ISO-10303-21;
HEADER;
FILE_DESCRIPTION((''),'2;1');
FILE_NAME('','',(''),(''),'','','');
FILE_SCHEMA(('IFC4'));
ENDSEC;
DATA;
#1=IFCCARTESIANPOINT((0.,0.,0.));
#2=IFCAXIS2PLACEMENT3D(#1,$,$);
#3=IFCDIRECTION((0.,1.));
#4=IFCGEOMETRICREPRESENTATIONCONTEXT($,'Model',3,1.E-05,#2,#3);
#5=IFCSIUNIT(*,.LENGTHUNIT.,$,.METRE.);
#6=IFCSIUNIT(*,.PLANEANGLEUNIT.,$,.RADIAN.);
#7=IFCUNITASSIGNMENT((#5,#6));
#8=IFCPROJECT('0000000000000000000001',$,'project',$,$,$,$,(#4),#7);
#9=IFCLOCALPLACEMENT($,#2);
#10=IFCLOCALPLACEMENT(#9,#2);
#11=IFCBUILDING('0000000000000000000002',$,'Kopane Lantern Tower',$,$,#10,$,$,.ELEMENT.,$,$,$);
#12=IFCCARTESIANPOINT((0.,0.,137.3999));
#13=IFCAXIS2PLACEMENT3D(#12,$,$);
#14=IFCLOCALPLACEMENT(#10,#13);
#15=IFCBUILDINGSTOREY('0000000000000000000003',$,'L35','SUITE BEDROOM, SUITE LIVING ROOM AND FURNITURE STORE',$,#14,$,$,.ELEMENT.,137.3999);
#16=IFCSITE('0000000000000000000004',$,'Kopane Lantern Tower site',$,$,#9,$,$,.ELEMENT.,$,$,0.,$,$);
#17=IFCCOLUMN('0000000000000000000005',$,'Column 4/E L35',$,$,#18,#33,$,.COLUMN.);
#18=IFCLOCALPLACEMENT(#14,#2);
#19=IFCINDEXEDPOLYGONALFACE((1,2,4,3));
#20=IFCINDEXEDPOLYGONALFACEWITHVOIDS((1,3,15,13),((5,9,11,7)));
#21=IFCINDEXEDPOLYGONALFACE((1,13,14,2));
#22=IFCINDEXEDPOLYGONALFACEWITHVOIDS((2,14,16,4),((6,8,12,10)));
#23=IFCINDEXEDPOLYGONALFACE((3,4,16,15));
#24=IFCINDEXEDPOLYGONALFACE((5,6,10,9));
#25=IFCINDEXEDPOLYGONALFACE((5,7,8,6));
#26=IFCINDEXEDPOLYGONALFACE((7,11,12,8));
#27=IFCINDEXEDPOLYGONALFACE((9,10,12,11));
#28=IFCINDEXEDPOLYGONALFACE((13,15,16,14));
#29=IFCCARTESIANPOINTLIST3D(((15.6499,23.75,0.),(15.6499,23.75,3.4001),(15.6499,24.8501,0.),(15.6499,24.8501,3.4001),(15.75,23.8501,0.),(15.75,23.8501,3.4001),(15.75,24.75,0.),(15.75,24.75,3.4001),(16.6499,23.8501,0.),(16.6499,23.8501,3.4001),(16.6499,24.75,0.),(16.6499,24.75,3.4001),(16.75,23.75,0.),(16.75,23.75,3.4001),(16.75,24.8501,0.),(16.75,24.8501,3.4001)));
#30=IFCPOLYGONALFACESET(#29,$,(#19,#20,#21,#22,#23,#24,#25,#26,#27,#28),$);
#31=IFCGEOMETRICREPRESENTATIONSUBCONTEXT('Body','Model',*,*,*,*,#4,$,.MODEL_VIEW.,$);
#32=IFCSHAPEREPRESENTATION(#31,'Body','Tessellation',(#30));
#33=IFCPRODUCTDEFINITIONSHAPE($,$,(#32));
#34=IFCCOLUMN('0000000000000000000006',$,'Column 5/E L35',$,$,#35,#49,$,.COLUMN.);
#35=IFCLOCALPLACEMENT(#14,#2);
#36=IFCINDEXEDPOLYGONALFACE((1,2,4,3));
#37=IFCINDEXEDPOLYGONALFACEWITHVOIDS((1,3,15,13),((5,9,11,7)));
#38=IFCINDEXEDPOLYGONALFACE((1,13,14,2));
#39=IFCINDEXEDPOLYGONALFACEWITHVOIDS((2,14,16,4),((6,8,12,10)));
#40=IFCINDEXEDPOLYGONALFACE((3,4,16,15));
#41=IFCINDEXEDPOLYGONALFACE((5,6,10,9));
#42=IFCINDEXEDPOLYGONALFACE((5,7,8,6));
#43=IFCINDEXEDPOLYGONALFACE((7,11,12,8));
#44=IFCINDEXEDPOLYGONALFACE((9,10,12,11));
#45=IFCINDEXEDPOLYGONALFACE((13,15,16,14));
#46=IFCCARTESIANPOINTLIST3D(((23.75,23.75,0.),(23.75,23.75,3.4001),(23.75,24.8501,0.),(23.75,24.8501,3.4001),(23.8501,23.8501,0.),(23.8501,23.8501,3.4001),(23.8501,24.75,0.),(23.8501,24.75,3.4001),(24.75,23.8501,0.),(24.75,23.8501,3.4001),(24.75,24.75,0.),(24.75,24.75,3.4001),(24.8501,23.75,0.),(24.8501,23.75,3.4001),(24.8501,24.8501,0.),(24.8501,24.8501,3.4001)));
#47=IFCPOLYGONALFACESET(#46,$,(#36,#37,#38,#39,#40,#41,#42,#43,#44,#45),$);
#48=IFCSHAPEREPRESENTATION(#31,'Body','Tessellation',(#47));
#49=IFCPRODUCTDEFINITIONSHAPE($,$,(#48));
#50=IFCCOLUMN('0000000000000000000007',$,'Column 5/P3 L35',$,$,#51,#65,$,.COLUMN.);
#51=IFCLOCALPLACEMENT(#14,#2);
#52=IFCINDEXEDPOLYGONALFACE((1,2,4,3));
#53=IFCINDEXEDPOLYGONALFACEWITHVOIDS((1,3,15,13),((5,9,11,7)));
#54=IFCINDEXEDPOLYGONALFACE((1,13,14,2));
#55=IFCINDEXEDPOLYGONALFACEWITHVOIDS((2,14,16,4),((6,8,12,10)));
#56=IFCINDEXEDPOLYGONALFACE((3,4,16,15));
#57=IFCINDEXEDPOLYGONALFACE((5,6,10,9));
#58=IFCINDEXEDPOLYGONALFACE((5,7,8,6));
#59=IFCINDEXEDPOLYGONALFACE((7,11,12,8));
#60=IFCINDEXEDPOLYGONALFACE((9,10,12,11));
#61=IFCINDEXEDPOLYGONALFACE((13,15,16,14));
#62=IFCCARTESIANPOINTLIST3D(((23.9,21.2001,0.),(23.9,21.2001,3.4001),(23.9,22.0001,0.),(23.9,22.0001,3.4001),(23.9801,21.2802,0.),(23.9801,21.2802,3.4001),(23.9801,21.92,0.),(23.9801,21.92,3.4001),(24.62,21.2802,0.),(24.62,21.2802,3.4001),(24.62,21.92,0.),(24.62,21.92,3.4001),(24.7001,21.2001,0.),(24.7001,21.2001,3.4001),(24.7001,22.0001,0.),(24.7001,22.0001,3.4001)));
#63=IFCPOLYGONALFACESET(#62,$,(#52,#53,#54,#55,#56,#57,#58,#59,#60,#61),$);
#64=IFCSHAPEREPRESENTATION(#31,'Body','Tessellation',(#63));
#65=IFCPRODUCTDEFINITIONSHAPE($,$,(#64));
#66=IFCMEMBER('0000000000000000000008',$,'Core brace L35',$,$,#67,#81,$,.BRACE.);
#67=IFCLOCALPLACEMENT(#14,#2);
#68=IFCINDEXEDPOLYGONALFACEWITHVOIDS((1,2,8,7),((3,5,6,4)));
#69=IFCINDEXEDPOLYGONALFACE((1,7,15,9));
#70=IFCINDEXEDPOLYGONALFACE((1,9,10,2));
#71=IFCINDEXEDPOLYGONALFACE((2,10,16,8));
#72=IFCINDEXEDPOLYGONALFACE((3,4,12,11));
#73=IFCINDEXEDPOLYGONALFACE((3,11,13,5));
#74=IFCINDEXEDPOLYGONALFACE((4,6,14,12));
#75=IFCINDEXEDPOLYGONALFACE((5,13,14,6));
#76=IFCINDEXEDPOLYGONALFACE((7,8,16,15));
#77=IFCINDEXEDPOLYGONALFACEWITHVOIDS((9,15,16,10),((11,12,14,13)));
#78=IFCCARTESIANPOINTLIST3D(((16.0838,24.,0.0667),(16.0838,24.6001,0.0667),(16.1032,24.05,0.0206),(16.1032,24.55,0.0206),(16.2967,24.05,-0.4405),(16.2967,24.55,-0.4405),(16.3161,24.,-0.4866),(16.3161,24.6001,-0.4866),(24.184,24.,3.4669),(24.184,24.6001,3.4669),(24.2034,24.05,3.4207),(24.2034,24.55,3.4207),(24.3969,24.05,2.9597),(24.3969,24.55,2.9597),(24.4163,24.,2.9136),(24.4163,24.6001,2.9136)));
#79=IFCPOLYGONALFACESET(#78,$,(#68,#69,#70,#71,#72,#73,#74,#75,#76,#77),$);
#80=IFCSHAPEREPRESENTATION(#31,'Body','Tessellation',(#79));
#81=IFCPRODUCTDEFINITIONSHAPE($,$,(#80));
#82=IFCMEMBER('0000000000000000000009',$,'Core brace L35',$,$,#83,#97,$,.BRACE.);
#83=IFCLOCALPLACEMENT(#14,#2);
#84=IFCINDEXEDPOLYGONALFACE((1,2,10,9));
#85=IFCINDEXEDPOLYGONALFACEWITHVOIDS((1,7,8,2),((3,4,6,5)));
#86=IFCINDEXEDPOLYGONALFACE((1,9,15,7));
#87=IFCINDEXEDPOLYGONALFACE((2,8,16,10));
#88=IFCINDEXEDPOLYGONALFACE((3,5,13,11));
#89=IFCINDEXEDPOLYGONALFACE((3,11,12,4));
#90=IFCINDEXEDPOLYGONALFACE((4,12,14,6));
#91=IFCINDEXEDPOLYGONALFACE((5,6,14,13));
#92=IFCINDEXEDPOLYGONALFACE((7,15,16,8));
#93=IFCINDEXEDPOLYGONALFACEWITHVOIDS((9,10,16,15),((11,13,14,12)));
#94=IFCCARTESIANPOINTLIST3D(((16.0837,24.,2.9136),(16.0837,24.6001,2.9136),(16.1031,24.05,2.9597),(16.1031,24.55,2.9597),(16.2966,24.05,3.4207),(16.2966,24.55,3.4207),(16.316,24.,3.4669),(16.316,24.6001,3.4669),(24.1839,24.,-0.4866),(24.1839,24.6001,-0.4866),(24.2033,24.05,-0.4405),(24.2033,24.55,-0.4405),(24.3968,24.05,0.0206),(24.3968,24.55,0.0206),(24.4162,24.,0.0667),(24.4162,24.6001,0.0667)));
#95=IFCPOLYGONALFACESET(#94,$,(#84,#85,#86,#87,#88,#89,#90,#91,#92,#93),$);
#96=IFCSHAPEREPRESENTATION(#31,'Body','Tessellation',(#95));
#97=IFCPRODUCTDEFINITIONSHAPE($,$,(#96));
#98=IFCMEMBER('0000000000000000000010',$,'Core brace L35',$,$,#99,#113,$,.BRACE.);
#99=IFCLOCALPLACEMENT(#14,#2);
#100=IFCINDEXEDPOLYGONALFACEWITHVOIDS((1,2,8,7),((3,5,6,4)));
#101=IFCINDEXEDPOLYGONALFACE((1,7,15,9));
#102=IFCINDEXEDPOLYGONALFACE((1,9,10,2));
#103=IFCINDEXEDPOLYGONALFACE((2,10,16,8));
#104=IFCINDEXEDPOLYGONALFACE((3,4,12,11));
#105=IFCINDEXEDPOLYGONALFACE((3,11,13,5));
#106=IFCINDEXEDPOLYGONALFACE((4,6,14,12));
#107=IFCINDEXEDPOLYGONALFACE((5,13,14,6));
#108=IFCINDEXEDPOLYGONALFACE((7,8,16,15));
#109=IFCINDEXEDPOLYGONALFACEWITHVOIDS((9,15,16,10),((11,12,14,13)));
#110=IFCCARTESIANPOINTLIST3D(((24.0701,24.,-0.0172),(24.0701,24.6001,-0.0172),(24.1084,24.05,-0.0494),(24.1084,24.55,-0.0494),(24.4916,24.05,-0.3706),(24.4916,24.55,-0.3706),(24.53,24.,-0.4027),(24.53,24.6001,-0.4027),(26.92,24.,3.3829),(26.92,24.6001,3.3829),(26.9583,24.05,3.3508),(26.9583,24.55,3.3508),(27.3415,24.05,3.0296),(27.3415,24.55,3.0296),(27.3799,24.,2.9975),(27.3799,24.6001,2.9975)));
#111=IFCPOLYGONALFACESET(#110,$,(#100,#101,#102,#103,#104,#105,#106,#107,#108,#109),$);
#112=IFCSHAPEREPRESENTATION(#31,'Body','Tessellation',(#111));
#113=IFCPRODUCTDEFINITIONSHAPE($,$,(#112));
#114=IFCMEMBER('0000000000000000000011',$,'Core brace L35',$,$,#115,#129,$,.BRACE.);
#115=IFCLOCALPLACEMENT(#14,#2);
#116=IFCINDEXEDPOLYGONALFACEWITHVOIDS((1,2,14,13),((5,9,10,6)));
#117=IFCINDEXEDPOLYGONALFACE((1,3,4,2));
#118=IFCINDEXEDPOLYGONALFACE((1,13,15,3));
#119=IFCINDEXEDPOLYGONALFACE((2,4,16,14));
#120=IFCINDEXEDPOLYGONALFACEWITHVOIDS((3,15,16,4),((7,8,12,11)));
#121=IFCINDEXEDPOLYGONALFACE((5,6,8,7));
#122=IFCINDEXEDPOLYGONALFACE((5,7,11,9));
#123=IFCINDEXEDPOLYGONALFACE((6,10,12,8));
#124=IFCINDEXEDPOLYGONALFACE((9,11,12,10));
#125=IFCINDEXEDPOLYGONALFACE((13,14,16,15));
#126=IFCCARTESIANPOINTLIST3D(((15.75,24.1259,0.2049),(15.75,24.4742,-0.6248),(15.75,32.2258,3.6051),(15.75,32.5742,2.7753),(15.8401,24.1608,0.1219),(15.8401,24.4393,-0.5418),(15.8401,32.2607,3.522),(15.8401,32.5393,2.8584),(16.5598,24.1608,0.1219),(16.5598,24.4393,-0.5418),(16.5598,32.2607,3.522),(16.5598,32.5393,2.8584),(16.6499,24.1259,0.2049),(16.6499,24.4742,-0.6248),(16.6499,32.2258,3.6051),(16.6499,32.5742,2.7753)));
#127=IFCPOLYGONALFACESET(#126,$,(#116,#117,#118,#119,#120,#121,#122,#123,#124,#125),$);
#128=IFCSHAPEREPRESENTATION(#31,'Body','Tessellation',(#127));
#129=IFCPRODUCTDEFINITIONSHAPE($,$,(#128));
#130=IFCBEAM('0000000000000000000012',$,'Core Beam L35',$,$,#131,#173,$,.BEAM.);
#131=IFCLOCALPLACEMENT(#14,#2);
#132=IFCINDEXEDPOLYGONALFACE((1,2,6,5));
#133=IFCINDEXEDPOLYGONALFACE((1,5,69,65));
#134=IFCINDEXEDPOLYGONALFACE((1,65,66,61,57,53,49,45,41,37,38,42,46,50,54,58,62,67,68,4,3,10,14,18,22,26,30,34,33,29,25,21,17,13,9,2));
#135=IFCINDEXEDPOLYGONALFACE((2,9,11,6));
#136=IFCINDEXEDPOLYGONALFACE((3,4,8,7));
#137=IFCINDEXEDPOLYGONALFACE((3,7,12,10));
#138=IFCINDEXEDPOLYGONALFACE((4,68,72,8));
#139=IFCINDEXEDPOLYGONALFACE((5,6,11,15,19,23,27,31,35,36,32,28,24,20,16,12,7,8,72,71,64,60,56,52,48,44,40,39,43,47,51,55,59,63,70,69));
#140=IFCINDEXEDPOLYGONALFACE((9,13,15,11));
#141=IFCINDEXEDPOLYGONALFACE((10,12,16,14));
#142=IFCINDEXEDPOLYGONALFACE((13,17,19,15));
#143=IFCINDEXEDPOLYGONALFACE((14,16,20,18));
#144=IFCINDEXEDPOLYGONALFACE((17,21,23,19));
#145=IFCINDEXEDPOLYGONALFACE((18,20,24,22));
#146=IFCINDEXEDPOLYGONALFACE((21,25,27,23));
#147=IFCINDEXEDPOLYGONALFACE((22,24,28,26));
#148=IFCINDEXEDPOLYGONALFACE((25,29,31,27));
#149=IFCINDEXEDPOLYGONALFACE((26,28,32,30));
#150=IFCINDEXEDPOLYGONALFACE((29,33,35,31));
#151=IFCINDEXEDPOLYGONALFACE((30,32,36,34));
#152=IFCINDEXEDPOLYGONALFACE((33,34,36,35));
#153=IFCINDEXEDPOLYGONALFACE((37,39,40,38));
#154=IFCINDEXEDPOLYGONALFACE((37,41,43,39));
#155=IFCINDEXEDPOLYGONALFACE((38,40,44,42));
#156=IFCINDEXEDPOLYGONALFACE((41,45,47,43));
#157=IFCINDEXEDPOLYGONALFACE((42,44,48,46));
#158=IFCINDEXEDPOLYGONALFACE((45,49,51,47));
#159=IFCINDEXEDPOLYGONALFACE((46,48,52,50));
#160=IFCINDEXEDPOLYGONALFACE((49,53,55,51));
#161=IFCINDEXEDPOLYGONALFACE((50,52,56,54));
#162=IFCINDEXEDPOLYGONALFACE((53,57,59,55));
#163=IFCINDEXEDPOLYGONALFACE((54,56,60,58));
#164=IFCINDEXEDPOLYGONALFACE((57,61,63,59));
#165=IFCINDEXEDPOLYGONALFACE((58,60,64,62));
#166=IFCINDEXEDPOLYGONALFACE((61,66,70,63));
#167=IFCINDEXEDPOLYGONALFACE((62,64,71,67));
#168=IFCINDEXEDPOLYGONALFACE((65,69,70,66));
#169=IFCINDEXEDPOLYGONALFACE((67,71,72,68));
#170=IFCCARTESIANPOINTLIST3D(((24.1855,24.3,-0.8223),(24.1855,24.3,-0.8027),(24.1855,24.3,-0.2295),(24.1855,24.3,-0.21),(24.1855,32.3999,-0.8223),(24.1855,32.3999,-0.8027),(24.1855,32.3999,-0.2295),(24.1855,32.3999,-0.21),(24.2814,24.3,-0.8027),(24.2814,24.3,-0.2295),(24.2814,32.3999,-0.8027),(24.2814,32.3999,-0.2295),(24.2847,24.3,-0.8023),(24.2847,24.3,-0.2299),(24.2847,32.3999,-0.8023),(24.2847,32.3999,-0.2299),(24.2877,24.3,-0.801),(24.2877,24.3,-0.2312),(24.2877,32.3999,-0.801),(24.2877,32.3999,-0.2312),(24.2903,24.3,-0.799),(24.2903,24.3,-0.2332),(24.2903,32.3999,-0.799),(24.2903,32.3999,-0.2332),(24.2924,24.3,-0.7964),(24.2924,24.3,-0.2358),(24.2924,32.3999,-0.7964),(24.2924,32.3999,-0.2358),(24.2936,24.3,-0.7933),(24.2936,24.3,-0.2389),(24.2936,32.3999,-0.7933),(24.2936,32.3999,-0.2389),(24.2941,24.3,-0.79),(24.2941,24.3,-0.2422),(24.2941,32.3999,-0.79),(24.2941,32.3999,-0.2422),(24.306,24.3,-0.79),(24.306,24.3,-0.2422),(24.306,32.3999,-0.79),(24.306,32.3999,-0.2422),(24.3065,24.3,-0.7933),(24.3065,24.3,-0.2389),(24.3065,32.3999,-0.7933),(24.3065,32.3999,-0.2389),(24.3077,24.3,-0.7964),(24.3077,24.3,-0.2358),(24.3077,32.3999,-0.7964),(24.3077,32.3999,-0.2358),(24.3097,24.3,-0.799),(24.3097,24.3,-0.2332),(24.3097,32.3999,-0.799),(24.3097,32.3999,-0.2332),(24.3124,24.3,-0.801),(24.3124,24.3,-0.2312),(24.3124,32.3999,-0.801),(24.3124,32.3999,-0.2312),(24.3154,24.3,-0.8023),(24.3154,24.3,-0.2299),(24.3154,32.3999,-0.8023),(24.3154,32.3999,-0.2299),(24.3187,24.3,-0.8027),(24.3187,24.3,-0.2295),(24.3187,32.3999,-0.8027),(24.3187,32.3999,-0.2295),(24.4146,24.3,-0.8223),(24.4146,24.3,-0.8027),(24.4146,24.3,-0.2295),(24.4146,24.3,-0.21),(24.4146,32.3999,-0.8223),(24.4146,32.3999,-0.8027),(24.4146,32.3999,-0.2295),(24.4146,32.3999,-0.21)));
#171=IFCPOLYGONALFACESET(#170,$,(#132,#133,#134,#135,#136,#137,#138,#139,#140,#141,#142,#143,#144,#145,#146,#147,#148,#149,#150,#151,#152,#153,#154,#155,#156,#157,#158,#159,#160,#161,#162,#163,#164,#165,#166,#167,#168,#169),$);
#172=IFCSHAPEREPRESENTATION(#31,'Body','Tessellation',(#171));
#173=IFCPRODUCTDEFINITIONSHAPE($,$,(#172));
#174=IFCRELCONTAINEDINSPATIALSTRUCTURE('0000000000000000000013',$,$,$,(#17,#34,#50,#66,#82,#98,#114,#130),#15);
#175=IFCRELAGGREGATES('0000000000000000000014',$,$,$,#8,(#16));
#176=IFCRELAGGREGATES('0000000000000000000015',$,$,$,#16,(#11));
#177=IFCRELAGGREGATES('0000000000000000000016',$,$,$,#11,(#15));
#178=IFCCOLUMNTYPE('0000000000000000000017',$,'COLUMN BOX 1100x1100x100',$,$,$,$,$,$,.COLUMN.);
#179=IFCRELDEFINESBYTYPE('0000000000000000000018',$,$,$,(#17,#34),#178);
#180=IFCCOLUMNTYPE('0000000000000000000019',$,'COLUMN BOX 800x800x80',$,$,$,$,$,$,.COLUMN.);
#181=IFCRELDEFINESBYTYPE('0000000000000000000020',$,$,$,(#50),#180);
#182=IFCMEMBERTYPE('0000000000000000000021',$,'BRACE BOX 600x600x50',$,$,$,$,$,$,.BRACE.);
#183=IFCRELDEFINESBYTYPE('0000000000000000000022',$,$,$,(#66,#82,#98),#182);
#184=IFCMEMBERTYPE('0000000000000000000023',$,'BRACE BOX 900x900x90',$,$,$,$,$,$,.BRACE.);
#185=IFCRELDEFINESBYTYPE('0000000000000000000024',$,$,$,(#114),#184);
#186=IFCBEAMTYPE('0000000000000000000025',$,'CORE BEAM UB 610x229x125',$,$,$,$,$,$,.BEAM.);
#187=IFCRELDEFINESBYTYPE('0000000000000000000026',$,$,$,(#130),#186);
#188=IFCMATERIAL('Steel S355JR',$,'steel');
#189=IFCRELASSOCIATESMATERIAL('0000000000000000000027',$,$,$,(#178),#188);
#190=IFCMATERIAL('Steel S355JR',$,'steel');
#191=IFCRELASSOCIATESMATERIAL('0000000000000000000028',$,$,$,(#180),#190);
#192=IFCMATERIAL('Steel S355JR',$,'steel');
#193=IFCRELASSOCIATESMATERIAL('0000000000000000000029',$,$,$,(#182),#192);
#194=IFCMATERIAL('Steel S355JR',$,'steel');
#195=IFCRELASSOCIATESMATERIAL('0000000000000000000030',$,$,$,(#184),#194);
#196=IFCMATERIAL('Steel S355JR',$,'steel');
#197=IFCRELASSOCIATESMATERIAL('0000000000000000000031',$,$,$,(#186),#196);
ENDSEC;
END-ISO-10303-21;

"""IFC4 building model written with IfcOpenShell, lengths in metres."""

from ifc_helpers import new_model, si_unit, direction, frame, origin, origin_2d, place, context, subcontext, project, spatial, hollow_rectangle, i_section, extrude, material, material_profile, profile_set, type_object, element, save


model = new_model("IFC4")

# Units and contexts
model_context = context("Model", 3, precision=1e-05, world=origin(), true_north=direction((0.0, 1.0)))
body_context = subcontext(model_context, "Body", "Model", "MODEL_VIEW")
ifc_project = project(units=[si_unit("LENGTHUNIT", "METRE"), si_unit("PLANEANGLEUNIT", "RADIAN")], contexts=[model_context])

# Site, building, storey
site_placement = place(None, origin())
site = spatial("IfcSite", under=ifc_project, at=site_placement, Name="Kopane Lantern Tower site", CompositionType="ELEMENT", RefElevation=0.0)
building_placement = place(site_placement, origin())
building = spatial("IfcBuilding", under=site, at=building_placement, Name="Kopane Lantern Tower", CompositionType="ELEMENT")
storey_placement = place(building_placement, frame((0.0, 0.0, 137.3999)))
storey = spatial("IfcBuildingStorey", under=building, at=storey_placement, Name="L35", Description="SUITE BEDROOM, SUITE LIVING ROOM AND FURNITURE STORE", CompositionType="ELEMENT", Elevation=137.3999)

# Columns
ifc_material_1 = material(Name="Steel S355JR", Category="steel")
ifc_material_profile_1 = material_profile(ifc_material_1, hollow_rectangle(XDim=1.1001, YDim=1.1001, WallThickness=0.1001, at=origin_2d()), Name="BOX 1100x1100x100")
ifc_profile_set_1 = profile_set([ifc_material_profile_1], Name="Steel S355JR")
column_type_1 = type_object("IfcColumnType", Name="COLUMN BOX 1100x1100x100", PredefinedType="COLUMN", material=ifc_profile_set_1)
for number, where, z_axis, x_axis, name in (
    (1, (16.2, 24.3, 0.0), (0.0, 0.0, 1.0), (1.0, 0.0, 0.0), "Column 4/E L35"),
    (2, (24.3, 24.3, 0.0), (0.0, 0.0, 1.0), (1.0, 0.0, 0.0), "Column 5/E L35"),
):
    element("IfcColumn", number, at=place(storey_placement, frame(where, z_axis=z_axis, x_axis=x_axis)), inside=storey, type_object=column_type_1, Name=name, PredefinedType="COLUMN", context=body_context, shape_type="SweptSolid", body=[
        extrude(hollow_rectangle(XDim=1.1001, YDim=1.1001, WallThickness=0.1001, at=origin_2d()), origin(), (0.0, 0.0, 1.0), 3.4001),
    ])
ifc_material_2 = material(Name="Steel S355JR", Category="steel")
ifc_material_profile_2 = material_profile(ifc_material_2, hollow_rectangle(XDim=0.8, YDim=0.8, WallThickness=0.0801, at=origin_2d()), Name="BOX 800x800x80")
ifc_profile_set_2 = profile_set([ifc_material_profile_2], Name="Steel S355JR")
column_type_2 = type_object("IfcColumnType", Name="COLUMN BOX 800x800x80", PredefinedType="COLUMN", material=ifc_profile_set_2)
column_placement = place(storey_placement, frame((24.3, 21.6001, 0.0), z_axis=(0.0, 0.0, 1.0), x_axis=(1.0, 0.0, 0.0)))
element("IfcColumn", 3, at=column_placement, inside=storey, type_object=column_type_2, Name="Column 5/P3 L35", PredefinedType="COLUMN", context=body_context, shape_type="SweptSolid", body=[
    extrude(hollow_rectangle(XDim=0.8, YDim=0.8, WallThickness=0.0801, at=origin_2d()), origin(), (0.0, 0.0, 1.0), 3.4001),
])

# Members
ifc_material_3 = material(Name="Steel S355JR", Category="steel")
ifc_material_profile_3 = material_profile(ifc_material_3, hollow_rectangle(XDim=0.6001, YDim=0.6001, WallThickness=0.05, at=origin_2d()), Name="BOX 600x600x50")
ifc_profile_set_3 = profile_set([ifc_material_profile_3], Name="Steel S355JR")
member_type_1 = type_object("IfcMemberType", Name="BRACE BOX 600x600x50", PredefinedType="BRACE", material=ifc_profile_set_3)
for number, where, z_axis, x_axis, name in (
    (4, (16.2, 24.3, -0.21), (0.922059, 0.0, 0.387049), (0.0, 1.0, 0.0), "Core brace L35"),
    (5, (24.3, 24.3, -0.21), (-0.922059, 0.0, 0.387049), (0.0, -1.0, 0.0), "Core brace L35"),
):
    element("IfcMember", number, at=place(storey_placement, frame(where, z_axis=z_axis, x_axis=x_axis)), inside=storey, type_object=member_type_1, Name=name, PredefinedType="BRACE", context=body_context, shape_type="SweptSolid", body=[
        extrude(hollow_rectangle(XDim=0.6001, YDim=0.6001, WallThickness=0.05, at=origin_2d()), origin(), (0.0, 0.0, 1.0), 8.7849),
    ])
member_1_placement = place(storey_placement, frame((24.3, 24.3, -0.21), z_axis=(0.642363, 0.0, 0.7664), x_axis=(0.0, 1.0, 0.0)))
element("IfcMember", 6, at=member_1_placement, inside=storey, type_object=member_type_1, Name="Core brace L35", PredefinedType="BRACE", context=body_context, shape_type="SweptSolid", body=[
    extrude(hollow_rectangle(XDim=0.6001, YDim=0.6001, WallThickness=0.05, at=origin_2d()), origin(), (0.0, 0.0, 1.0), 4.4365),
])
ifc_material_4 = material(Name="Steel S355JR", Category="steel")
ifc_material_profile_4 = material_profile(ifc_material_4, hollow_rectangle(XDim=0.8999, YDim=0.8999, WallThickness=0.0901, at=origin_2d()), Name="BOX 900x900x90")
ifc_profile_set_4 = profile_set([ifc_material_profile_4], Name="Steel S355JR")
member_type_2 = type_object("IfcMemberType", Name="BRACE BOX 900x900x90", PredefinedType="BRACE", material=ifc_profile_set_4)
member_2_placement = place(storey_placement, frame((16.2, 24.3, -0.21), z_axis=(0.0, 0.922055, 0.387059), x_axis=(-1.0, 0.0, 0.0)))
element("IfcMember", 7, at=member_2_placement, inside=storey, type_object=member_type_2, Name="Core brace L35", PredefinedType="BRACE", context=body_context, shape_type="SweptSolid", body=[
    extrude(hollow_rectangle(XDim=0.8999, YDim=0.8999, WallThickness=0.0901, at=origin_2d()), origin(), (0.0, 0.0, 1.0), 8.7847),
])

# Beam
ifc_material_5 = material(Name="Steel S355JR", Category="steel")
ifc_material_profile_5 = material_profile(ifc_material_5, i_section(OverallWidth=0.229, OverallDepth=0.6123, WebThickness=0.012, FlangeThickness=0.0195, FilletRadius=0.0127, at=origin_2d()), Name="UB 610x229x125")
ifc_profile_set_5 = profile_set([ifc_material_profile_5], Name="Steel S355JR")
beam_type_1 = type_object("IfcBeamType", Name="CORE BEAM UB 610x229x125", PredefinedType="BEAM", material=ifc_profile_set_5)
beam_1_placement = place(storey_placement, frame((24.3, 24.3, -0.5161), z_axis=(0.0, 1.0, 0.0), x_axis=(-1.0, 0.0, 0.0)))
element("IfcBeam", 8, at=beam_1_placement, inside=storey, type_object=beam_type_1, Name="Core Beam L35", PredefinedType="BEAM", context=body_context, shape_type="SweptSolid", body=[
    extrude(i_section(OverallWidth=0.229, OverallDepth=0.6123, WebThickness=0.012, FlangeThickness=0.0195, FilletRadius=0.0127, at=origin_2d()), origin(), (0.0, 0.0, 1.0), 8.0999),
])

save(model, "model.ifc")
